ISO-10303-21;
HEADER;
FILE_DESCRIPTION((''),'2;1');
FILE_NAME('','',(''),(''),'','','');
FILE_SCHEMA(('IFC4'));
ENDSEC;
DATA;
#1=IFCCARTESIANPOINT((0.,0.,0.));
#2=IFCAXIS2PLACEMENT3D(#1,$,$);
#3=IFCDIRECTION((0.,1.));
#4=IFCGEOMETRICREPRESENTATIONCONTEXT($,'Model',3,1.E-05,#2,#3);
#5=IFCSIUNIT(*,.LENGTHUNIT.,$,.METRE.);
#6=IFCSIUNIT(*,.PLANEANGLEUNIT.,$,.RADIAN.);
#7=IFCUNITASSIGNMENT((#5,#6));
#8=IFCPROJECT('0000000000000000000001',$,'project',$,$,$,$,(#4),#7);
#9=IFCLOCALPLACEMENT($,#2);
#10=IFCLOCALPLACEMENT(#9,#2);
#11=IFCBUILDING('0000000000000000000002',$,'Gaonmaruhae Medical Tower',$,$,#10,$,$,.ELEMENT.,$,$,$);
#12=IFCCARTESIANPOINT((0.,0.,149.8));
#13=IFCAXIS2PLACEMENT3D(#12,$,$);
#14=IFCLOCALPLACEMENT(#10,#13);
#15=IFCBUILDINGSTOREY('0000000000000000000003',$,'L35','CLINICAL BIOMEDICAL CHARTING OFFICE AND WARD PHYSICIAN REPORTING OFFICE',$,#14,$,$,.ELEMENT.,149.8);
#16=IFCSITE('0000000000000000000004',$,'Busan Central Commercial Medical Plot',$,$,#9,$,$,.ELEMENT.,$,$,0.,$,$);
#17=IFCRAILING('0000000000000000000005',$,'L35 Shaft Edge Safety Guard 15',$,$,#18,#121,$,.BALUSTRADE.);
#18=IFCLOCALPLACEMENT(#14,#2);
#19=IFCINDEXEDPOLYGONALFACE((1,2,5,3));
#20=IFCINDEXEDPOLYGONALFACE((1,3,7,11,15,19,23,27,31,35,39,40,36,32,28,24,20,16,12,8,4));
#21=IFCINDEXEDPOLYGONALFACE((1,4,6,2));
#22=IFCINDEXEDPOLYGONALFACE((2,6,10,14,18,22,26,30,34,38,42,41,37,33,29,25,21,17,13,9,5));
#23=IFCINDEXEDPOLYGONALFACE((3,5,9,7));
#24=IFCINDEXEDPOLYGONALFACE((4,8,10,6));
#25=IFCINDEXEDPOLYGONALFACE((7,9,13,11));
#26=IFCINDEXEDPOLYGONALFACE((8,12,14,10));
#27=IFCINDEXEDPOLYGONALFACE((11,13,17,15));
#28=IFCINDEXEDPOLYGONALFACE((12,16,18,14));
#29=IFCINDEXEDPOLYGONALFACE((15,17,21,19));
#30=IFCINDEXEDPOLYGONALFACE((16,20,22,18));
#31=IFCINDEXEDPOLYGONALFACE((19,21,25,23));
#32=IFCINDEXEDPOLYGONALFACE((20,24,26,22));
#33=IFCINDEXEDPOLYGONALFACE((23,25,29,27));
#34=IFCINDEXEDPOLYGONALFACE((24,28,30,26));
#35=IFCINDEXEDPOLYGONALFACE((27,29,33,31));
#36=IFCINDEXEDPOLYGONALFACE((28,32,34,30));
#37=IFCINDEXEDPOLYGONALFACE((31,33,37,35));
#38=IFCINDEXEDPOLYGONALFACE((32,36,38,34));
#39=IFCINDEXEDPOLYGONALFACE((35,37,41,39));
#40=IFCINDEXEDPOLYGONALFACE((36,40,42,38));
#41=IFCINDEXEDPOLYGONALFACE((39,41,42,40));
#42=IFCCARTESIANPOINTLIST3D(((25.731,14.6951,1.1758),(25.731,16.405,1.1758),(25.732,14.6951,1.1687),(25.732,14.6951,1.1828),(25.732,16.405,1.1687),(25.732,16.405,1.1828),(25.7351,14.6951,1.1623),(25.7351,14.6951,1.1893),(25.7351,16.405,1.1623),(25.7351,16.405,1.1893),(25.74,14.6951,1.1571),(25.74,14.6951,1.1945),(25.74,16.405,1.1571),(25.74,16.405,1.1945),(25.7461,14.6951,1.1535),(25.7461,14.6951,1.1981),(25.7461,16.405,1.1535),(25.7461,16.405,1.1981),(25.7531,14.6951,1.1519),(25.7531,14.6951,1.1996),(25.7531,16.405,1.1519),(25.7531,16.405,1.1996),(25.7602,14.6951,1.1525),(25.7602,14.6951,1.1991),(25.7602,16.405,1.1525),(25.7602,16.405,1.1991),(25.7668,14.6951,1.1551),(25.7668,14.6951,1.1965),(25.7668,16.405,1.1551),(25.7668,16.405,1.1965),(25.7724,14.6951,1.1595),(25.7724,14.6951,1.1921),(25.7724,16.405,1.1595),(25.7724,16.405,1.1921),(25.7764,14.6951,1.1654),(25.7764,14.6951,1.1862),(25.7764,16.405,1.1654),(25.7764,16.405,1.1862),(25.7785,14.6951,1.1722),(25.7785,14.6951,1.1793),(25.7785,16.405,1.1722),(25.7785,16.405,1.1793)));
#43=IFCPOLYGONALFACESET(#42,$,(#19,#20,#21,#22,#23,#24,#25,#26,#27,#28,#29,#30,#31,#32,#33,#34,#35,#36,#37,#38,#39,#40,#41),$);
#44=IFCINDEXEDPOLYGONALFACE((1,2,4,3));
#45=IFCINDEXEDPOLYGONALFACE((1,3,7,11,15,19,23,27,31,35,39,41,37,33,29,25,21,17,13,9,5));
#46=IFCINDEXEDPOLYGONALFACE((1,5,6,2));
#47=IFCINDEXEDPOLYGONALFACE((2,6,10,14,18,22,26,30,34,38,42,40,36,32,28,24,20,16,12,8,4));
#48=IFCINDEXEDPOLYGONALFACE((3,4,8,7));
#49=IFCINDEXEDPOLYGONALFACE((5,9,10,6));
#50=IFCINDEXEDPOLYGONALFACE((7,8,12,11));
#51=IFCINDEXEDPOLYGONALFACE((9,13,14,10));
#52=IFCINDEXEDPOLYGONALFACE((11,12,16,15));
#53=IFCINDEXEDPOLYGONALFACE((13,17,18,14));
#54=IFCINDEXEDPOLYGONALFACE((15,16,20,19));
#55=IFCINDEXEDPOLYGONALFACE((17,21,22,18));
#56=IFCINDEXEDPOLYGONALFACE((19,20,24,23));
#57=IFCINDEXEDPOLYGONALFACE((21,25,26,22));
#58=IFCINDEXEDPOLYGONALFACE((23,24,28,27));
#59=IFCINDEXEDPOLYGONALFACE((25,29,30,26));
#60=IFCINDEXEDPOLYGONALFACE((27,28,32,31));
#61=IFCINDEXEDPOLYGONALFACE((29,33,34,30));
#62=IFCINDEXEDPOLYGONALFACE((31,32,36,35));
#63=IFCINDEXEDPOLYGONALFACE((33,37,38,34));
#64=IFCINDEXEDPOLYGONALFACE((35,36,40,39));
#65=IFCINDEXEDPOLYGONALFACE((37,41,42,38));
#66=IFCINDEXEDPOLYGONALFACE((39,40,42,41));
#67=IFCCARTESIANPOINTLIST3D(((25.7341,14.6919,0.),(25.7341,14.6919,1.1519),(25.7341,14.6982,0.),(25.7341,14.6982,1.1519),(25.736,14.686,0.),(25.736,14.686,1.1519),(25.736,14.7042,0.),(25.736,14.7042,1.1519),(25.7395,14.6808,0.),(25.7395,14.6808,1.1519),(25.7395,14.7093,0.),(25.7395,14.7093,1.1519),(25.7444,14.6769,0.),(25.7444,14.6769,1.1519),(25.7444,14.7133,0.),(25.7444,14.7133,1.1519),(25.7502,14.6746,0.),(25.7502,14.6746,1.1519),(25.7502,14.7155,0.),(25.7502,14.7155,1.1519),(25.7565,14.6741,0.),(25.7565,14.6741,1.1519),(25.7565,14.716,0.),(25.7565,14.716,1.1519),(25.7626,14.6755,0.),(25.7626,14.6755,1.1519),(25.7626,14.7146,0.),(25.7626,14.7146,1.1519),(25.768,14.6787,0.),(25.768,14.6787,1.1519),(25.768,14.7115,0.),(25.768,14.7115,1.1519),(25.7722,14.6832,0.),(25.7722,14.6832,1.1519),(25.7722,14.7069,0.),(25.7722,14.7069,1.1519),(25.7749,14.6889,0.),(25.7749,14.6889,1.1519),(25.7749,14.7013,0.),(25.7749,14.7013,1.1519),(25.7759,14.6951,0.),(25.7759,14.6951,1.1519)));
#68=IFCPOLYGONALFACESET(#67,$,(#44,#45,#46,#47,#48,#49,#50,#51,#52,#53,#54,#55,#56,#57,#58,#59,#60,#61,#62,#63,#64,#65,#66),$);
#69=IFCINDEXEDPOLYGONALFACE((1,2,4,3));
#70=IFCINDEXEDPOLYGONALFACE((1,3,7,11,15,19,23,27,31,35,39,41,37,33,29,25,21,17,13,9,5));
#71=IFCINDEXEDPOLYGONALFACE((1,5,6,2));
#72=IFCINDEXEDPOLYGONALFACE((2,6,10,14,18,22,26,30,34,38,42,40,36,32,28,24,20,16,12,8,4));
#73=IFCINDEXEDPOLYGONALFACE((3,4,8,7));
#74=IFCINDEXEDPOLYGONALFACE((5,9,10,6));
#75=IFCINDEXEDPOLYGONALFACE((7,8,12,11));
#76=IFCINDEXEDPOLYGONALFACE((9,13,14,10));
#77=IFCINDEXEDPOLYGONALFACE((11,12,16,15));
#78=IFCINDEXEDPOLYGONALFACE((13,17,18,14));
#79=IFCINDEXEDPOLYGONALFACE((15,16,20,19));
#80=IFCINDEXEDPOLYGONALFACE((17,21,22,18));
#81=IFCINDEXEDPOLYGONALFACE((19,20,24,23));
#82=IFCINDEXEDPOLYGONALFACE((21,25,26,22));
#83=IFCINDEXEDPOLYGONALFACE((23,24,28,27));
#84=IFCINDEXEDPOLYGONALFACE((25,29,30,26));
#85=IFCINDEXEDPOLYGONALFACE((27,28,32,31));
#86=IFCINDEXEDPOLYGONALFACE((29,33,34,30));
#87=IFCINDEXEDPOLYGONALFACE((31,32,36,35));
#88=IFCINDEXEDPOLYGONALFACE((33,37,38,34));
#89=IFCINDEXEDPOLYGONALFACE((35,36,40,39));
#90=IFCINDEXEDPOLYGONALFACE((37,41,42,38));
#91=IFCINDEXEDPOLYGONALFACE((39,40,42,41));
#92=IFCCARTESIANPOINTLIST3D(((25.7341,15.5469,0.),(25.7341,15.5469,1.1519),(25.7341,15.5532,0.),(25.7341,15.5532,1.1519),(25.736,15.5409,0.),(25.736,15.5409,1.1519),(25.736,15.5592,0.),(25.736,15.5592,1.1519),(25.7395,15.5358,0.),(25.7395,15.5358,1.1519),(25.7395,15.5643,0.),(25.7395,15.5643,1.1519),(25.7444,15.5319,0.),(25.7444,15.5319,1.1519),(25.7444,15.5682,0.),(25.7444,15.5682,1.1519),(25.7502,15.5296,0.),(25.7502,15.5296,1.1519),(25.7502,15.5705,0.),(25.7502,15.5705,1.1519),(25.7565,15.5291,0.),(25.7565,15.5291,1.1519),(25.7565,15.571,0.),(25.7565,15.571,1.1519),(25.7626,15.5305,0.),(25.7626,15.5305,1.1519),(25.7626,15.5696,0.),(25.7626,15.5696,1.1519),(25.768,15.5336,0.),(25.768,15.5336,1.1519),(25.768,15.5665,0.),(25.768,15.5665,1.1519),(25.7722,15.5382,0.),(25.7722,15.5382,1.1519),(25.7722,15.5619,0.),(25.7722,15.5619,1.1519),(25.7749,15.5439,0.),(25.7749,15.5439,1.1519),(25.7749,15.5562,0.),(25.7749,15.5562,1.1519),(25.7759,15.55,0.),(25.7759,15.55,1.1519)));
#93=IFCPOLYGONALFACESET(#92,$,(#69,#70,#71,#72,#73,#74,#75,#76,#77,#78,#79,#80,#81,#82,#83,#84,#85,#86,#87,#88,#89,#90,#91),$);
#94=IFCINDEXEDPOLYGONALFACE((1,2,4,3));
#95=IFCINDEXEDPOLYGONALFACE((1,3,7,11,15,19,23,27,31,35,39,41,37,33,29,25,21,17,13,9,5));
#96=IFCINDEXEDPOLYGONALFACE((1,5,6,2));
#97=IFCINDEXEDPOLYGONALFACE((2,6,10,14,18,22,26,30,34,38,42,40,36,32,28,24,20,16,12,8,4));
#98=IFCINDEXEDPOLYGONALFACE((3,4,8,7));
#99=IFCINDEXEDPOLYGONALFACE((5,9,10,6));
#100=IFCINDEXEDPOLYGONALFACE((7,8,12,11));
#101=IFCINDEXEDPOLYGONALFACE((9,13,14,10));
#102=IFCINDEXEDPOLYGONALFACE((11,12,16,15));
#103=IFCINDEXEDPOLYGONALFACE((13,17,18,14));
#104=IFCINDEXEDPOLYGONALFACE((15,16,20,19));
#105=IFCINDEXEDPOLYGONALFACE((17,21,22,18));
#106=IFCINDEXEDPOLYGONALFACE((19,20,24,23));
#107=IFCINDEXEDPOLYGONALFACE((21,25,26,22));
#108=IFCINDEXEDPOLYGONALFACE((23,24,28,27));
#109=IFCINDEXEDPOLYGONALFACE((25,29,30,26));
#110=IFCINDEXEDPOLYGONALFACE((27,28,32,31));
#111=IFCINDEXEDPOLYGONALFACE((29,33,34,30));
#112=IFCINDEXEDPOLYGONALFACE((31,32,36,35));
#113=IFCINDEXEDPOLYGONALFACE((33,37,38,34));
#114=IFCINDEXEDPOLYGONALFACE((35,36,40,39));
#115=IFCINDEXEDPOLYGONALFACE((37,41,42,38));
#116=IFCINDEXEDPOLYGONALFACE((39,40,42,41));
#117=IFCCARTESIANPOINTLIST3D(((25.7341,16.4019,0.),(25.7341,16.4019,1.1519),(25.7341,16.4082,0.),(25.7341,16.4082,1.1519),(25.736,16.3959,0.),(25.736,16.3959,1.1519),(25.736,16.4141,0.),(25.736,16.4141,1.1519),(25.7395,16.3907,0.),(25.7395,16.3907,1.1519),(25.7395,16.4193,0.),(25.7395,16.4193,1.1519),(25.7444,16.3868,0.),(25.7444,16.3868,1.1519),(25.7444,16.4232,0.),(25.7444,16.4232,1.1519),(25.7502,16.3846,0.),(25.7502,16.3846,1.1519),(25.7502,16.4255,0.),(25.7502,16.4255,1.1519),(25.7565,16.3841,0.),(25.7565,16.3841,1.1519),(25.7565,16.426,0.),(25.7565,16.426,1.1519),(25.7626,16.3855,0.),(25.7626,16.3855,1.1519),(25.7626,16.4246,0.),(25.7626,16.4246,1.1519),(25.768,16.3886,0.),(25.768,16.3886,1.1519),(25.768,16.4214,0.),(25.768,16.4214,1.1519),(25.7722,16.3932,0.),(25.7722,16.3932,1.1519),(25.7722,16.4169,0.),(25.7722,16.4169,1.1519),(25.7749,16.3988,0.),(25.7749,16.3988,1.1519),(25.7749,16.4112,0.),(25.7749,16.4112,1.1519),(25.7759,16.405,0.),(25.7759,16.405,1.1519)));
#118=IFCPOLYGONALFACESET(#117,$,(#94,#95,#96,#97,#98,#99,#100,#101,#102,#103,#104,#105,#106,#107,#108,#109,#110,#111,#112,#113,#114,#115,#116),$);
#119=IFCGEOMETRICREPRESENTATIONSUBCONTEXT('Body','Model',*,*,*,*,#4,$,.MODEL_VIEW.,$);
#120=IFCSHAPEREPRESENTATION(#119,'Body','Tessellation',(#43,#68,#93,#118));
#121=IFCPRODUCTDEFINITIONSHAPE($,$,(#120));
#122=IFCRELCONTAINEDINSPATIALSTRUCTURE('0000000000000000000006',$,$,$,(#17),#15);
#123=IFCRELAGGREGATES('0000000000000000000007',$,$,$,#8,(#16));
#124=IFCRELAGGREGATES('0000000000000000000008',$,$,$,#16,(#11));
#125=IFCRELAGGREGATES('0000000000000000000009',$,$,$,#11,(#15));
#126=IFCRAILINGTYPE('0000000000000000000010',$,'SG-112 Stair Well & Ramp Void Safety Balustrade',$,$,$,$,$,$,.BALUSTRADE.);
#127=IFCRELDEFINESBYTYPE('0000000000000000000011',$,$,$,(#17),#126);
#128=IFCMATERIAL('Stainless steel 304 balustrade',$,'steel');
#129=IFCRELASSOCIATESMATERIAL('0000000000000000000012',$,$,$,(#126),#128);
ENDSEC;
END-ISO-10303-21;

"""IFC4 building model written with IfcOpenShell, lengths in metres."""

from ifc_helpers import new_model, si_unit, direction, frame, origin, origin_2d, place, context, subcontext, project, spatial, circle, extrude, material, type_object, element, save


model = new_model("IFC4")

# Units and contexts
model_context = context("Model", 3, precision=1e-05, world=origin(), true_north=direction((0.0, 1.0)))
body_context = subcontext(model_context, "Body", "Model", "MODEL_VIEW")
ifc_project = project(units=[si_unit("LENGTHUNIT", "METRE"), si_unit("PLANEANGLEUNIT", "RADIAN")], contexts=[model_context])

# Site, building, storey
site_placement = place(None, origin())
site = spatial("IfcSite", under=ifc_project, at=site_placement, Name="Busan Central Commercial Medical Plot", CompositionType="ELEMENT", RefElevation=0.0)
building_placement = place(site_placement, origin())
building = spatial("IfcBuilding", under=site, at=building_placement, Name="Gaonmaruhae Medical Tower", CompositionType="ELEMENT")
storey_placement = place(building_placement, frame((0.0, 0.0, 149.8)))
storey = spatial("IfcBuildingStorey", under=building, at=storey_placement, Name="L35", Description="CLINICAL BIOMEDICAL CHARTING OFFICE AND WARD PHYSICIAN REPORTING OFFICE", CompositionType="ELEMENT", Elevation=149.8)

# Railing
ifc_material_1 = material(Name="Stainless steel 304 balustrade", Category="steel")
railing_type = type_object("IfcRailingType", Name="SG-112 Stair Well & Ramp Void Safety Balustrade", PredefinedType="BALUSTRADE", material=ifc_material_1)
railing_1_placement = place(storey_placement, frame((25.7549, 14.6951, 0.0)))
element("IfcRailing", 1, at=railing_1_placement, inside=storey, type_object=railing_type, Name="L35 Shaft Edge Safety Guard 15", PredefinedType="BALUSTRADE", context=body_context, shape_type="SweptSolid", body=[
    extrude(circle(Radius=0.0239, at=origin_2d()), frame((0.0, 0.0, 1.1758), z_axis=(0.0, 1.0, 0.0), x_axis=(-1.0, 0.0, 0.0)), (0.0, 0.0, 1.0), 1.71),
    extrude(circle(Radius=0.021, at=origin_2d()), origin(), (0.0, 0.0, 1.0), 1.1519),
    extrude(circle(Radius=0.021, at=origin_2d()), frame((0.0, 0.855, 0.0)), (0.0, 0.0, 1.0), 1.1519),
    extrude(circle(Radius=0.021, at=origin_2d()), frame((0.0, 1.71, 0.0)), (0.0, 0.0, 1.0), 1.1519),
])

save(model, "model.ifc")
